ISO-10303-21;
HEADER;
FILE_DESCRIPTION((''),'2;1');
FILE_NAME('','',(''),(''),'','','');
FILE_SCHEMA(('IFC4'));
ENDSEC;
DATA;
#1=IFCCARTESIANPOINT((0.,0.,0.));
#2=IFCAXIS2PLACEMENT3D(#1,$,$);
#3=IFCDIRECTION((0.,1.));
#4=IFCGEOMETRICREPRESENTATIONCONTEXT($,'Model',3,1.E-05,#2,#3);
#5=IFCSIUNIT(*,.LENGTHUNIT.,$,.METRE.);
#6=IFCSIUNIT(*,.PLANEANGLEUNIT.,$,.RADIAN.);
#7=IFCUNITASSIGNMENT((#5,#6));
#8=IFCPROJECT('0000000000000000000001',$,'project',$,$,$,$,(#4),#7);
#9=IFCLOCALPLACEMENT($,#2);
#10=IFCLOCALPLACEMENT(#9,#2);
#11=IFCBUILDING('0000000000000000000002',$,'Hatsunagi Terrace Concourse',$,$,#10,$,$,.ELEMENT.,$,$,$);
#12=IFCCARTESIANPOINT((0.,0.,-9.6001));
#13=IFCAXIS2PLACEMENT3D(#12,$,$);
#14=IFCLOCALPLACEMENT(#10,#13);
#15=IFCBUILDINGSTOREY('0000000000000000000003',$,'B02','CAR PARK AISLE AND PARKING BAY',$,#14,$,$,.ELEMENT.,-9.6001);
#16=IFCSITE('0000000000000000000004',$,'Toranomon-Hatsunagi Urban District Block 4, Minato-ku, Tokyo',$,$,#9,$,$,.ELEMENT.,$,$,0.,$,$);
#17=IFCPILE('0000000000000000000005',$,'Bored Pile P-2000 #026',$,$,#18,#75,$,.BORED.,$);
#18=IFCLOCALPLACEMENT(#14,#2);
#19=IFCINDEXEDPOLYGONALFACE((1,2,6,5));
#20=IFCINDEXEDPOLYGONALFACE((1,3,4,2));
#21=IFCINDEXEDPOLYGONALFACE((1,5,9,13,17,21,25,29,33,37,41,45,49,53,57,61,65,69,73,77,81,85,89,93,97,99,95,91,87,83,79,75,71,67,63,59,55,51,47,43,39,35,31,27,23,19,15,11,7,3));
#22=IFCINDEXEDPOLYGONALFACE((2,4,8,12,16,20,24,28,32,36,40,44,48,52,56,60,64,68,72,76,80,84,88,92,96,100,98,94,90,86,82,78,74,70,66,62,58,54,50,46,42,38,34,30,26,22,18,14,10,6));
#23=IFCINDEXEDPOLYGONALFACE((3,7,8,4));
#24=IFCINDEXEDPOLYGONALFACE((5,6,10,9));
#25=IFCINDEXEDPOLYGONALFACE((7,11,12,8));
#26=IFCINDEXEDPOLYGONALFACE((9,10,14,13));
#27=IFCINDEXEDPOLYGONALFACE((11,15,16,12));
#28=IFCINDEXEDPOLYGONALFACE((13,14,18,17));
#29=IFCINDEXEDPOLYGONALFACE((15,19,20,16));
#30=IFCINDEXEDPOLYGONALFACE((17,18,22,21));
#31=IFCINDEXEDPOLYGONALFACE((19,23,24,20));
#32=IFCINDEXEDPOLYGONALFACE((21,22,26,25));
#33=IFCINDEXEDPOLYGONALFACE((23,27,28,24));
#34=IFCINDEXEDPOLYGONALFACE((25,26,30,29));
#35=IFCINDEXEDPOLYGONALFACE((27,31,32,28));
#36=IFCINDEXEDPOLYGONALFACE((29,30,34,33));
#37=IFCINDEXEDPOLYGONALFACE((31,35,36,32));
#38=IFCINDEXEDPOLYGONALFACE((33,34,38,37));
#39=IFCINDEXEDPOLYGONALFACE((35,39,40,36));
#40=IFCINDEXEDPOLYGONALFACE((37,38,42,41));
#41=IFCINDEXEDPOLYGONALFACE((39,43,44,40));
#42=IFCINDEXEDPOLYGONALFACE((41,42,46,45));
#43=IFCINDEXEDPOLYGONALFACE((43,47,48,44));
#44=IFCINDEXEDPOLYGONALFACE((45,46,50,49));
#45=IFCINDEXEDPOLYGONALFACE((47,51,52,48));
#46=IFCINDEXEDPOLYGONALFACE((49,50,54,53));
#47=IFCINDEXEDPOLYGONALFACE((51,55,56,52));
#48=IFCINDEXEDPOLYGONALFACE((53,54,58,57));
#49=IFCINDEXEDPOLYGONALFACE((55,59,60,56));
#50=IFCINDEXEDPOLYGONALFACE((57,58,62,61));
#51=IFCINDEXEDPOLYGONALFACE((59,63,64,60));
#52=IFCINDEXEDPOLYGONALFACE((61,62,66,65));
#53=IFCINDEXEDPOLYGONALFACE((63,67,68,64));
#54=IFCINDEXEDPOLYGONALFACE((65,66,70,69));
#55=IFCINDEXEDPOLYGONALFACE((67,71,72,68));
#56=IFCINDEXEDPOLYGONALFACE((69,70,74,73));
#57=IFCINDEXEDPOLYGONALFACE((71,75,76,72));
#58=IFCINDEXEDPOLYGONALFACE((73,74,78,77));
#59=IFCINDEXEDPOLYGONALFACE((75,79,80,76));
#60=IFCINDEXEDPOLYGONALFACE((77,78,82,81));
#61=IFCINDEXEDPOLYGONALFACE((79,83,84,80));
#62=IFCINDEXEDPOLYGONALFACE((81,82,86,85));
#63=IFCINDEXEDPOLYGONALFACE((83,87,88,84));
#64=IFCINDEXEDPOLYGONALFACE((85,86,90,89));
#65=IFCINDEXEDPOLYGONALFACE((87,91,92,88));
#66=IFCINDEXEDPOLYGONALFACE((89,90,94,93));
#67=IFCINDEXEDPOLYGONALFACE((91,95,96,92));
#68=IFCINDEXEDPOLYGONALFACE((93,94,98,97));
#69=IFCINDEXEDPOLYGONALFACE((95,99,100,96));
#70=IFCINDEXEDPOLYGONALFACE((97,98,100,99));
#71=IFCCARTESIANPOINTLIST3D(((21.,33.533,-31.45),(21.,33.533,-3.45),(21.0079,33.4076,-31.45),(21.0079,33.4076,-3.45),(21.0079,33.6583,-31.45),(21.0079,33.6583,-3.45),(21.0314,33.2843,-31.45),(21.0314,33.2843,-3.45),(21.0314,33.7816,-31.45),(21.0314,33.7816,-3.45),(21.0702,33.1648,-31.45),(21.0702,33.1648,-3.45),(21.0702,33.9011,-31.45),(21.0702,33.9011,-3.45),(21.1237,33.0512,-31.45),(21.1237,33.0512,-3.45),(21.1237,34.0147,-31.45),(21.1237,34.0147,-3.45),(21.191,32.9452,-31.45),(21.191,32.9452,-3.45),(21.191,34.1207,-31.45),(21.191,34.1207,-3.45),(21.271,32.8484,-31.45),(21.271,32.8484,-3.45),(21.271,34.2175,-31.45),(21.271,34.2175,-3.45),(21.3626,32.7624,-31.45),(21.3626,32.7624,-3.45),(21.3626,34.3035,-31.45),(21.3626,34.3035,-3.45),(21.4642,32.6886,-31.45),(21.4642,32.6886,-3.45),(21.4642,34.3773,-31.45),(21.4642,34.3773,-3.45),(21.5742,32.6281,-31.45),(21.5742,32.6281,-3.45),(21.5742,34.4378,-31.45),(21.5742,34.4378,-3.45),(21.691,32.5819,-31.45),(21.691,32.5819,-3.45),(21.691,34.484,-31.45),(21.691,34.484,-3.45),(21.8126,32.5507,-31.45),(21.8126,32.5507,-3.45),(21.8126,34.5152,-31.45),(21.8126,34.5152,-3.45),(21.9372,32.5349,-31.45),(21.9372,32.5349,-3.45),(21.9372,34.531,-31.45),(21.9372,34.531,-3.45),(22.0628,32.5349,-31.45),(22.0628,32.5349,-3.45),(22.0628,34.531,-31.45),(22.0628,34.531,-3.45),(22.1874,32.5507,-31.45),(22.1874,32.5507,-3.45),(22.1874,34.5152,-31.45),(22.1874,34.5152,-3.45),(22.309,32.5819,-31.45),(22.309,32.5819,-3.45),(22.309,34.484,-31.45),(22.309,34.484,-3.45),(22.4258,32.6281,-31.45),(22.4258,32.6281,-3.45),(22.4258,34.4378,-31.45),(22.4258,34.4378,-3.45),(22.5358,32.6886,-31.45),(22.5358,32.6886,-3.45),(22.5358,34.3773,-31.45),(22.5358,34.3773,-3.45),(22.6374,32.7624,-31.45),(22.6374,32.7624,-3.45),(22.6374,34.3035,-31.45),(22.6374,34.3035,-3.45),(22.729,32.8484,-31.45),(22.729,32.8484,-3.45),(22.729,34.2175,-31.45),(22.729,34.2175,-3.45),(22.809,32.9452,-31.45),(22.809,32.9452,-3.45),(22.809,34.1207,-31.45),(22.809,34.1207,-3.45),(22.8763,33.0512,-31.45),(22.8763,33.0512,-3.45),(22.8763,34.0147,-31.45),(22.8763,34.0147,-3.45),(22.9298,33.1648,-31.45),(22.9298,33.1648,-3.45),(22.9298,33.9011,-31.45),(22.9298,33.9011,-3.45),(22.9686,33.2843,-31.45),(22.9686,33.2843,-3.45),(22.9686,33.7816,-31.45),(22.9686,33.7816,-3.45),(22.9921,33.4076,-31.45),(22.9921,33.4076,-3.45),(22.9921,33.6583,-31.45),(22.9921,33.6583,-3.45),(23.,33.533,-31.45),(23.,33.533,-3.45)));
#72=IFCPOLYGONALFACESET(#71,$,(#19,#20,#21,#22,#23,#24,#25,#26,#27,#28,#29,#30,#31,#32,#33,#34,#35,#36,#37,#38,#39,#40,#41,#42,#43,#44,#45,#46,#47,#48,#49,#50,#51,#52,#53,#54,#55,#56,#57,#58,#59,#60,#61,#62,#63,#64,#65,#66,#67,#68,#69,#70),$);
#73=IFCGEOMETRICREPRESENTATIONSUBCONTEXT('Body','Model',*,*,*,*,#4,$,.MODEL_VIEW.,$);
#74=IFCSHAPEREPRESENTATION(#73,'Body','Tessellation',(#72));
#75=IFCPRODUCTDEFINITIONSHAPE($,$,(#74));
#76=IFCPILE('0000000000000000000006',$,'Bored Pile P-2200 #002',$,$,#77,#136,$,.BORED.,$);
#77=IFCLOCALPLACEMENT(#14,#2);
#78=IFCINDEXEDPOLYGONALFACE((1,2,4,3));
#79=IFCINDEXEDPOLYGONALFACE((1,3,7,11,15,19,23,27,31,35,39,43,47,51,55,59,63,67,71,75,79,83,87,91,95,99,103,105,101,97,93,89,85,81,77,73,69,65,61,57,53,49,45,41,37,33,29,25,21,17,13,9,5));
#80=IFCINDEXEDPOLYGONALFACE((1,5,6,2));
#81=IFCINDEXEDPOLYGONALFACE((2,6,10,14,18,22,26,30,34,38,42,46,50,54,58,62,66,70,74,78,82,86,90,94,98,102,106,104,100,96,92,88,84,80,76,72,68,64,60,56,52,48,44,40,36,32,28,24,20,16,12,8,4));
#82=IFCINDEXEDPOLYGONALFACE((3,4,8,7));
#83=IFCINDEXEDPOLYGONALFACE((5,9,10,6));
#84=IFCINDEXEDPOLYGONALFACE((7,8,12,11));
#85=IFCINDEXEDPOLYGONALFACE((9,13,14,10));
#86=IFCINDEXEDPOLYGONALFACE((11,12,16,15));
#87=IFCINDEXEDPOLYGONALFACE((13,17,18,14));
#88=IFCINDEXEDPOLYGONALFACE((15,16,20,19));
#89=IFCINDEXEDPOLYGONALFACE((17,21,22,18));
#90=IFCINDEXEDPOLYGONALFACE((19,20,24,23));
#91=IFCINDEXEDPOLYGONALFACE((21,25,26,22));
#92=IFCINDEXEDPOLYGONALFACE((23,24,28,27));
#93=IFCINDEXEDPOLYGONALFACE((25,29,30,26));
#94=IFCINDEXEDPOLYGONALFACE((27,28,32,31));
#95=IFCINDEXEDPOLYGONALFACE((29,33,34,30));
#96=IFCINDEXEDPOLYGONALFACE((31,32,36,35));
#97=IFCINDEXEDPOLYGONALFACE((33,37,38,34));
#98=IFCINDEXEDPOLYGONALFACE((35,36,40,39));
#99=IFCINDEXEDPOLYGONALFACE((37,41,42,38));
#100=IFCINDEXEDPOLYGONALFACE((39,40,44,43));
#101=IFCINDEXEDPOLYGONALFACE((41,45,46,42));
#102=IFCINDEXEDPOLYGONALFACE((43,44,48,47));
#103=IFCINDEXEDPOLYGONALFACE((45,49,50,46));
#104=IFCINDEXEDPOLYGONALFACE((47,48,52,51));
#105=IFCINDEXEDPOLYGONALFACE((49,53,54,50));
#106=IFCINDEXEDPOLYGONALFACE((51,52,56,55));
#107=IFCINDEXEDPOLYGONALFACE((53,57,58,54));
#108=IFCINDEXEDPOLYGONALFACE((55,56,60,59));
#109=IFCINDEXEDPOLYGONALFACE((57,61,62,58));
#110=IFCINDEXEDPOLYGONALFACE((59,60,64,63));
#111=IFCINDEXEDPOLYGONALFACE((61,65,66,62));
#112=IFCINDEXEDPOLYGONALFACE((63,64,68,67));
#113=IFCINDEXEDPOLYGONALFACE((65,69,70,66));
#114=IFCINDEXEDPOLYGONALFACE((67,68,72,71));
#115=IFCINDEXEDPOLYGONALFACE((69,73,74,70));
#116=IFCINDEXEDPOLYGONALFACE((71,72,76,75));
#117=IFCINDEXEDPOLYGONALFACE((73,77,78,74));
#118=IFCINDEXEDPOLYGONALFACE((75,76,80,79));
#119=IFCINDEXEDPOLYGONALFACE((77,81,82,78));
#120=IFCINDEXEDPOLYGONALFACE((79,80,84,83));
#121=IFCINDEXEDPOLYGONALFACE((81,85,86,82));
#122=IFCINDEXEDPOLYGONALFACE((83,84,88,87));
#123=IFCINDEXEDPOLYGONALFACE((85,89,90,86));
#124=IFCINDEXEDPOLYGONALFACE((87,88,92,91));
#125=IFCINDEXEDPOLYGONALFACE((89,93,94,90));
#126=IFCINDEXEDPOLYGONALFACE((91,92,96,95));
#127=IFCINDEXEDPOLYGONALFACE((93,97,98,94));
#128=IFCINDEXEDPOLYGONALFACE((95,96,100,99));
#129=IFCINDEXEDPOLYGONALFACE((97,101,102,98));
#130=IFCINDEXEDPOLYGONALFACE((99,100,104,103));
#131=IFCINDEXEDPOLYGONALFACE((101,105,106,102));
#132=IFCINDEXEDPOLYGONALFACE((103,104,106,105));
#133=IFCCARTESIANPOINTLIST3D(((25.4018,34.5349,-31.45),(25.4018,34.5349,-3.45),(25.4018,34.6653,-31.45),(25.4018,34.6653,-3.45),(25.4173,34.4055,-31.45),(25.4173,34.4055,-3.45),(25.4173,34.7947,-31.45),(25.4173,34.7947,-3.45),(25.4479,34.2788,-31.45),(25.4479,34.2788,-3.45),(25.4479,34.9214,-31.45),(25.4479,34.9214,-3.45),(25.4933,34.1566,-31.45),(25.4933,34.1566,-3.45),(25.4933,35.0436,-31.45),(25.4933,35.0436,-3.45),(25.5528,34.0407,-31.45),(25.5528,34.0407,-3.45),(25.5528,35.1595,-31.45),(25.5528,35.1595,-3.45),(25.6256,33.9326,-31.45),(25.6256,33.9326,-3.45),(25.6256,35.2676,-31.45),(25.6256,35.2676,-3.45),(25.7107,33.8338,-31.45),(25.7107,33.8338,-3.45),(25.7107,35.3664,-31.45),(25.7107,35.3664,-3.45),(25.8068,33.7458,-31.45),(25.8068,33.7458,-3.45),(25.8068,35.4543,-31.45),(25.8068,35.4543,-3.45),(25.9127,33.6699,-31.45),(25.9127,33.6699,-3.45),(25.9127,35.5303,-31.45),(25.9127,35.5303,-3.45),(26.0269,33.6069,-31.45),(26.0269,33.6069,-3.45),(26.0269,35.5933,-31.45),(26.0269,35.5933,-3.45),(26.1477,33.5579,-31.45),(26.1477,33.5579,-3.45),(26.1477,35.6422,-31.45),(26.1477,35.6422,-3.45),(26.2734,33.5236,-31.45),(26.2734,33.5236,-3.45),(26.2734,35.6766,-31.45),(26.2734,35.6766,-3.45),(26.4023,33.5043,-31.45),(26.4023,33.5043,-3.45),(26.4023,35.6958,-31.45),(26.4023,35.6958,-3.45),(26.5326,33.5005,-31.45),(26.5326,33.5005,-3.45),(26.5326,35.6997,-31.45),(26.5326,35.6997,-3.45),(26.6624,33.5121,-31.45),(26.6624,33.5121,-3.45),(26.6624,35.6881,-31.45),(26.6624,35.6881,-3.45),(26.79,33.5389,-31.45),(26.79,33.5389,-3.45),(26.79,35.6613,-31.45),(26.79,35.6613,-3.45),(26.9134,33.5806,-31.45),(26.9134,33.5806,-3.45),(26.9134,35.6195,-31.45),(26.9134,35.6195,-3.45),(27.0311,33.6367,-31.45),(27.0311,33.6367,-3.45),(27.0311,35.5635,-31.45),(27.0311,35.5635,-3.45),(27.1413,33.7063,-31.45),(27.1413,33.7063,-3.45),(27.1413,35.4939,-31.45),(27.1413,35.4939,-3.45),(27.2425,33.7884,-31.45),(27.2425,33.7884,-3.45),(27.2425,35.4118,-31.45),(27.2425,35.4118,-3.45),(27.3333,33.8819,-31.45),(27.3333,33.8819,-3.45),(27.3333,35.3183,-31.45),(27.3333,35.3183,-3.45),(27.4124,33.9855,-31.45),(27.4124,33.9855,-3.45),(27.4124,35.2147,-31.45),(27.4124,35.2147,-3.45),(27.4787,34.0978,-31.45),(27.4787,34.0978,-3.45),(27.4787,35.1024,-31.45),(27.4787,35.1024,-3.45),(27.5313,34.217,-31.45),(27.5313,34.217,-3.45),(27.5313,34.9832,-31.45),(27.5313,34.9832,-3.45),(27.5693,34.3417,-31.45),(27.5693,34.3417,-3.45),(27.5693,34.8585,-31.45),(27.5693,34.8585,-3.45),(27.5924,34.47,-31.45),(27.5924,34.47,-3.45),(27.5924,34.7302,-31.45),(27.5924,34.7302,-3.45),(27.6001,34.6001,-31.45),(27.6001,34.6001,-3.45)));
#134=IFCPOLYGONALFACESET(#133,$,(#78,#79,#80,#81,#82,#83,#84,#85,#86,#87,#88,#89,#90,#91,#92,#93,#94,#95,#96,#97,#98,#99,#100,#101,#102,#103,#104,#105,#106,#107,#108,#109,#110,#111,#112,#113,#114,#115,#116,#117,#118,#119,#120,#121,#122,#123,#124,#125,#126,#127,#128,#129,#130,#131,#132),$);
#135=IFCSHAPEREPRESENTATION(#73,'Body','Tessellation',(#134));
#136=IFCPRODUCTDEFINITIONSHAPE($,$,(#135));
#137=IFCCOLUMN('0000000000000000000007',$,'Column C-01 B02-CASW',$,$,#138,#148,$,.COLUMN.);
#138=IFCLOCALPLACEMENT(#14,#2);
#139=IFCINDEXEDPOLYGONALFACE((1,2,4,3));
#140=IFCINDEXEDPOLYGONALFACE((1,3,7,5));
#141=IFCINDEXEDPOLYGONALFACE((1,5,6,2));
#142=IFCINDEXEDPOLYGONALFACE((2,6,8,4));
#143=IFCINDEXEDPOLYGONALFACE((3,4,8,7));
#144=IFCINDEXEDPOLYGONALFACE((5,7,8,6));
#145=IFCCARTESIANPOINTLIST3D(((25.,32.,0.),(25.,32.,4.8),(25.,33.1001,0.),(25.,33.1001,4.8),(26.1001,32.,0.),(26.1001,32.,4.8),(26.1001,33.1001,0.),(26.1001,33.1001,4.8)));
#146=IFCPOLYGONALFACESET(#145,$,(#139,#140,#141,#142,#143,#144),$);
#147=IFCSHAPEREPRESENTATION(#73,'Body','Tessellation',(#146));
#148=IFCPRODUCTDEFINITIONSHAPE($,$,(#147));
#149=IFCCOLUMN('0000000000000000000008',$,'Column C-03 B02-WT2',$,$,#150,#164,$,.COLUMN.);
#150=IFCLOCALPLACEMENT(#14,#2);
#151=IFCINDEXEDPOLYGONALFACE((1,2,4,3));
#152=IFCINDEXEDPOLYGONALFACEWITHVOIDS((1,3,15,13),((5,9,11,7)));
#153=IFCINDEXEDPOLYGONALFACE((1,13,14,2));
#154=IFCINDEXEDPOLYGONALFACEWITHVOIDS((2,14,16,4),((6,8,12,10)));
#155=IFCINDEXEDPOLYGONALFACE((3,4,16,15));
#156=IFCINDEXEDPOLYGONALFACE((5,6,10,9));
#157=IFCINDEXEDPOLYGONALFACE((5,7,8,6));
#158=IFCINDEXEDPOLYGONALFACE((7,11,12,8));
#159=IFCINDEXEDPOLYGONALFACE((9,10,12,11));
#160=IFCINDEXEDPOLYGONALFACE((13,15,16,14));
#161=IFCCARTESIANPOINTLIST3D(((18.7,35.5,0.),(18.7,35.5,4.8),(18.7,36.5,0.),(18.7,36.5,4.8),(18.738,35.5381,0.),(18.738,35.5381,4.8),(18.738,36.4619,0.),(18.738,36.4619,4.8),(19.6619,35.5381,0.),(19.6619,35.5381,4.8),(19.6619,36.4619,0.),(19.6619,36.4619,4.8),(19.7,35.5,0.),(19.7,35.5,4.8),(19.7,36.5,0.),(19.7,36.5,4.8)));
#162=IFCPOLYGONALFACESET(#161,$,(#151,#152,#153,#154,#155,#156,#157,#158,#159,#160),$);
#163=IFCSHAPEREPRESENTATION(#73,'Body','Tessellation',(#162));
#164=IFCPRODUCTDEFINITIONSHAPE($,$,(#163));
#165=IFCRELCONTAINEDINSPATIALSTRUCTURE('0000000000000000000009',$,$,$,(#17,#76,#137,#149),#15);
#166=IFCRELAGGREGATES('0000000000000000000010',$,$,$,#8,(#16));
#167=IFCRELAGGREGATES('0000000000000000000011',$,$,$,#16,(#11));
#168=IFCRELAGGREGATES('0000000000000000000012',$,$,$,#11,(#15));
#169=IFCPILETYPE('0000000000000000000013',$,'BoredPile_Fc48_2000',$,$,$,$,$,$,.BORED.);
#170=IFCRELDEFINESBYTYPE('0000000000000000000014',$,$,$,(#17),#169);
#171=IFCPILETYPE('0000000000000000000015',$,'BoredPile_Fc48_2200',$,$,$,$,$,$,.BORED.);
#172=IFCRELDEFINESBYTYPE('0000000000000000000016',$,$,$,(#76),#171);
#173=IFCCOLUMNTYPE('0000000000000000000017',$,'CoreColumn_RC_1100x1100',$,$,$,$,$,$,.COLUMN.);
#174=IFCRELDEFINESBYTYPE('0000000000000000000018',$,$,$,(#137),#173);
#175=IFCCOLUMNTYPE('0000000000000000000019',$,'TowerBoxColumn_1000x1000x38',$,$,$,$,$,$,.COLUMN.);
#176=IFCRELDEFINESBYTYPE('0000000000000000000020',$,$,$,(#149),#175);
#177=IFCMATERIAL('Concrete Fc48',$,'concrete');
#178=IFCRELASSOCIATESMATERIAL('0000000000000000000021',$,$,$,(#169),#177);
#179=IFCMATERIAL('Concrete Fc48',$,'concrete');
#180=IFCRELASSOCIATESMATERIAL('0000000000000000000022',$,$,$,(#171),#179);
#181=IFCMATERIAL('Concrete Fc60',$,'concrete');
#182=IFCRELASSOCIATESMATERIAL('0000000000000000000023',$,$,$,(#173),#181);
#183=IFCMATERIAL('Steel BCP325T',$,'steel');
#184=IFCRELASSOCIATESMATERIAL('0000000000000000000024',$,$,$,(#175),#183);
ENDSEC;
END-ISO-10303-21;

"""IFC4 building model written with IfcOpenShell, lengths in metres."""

from ifc_helpers import new_model, si_unit, direction, frame, origin, origin_2d, place, context, subcontext, project, spatial, rectangle, hollow_rectangle, circle, extrude, material, material_profile, profile_set, type_object, element, save


model = new_model("IFC4")

# Units and contexts
model_context = context("Model", 3, precision=1e-05, world=origin(), true_north=direction((0.0, 1.0)))
body_context = subcontext(model_context, "Body", "Model", "MODEL_VIEW")
ifc_project = project(units=[si_unit("LENGTHUNIT", "METRE"), si_unit("PLANEANGLEUNIT", "RADIAN")], contexts=[model_context])

# Site, building, storey
site_placement = place(None, origin())
site = spatial("IfcSite", under=ifc_project, at=site_placement, Name="Toranomon-Hatsunagi Urban District Block 4, Minato-ku, Tokyo", CompositionType="ELEMENT", RefElevation=0.0)
building_placement = place(site_placement, origin())
building = spatial("IfcBuilding", under=site, at=building_placement, Name="Hatsunagi Terrace Concourse", CompositionType="ELEMENT")
storey_placement = place(building_placement, frame((0.0, 0.0, -9.6001)))
storey = spatial("IfcBuildingStorey", under=building, at=storey_placement, Name="B02", Description="CAR PARK AISLE AND PARKING BAY", CompositionType="ELEMENT", Elevation=-9.6001)

# Piles
ifc_material_1 = material(Name="Concrete Fc48", Category="concrete")
ifc_material_profile_1 = material_profile(ifc_material_1, circle(Radius=1.0, at=origin_2d()), Name="PILE-2000")
ifc_profile_set_1 = profile_set([ifc_material_profile_1], Name="Concrete Fc48")
pile_type_1 = type_object("IfcPileType", Name="BoredPile_Fc48_2000", PredefinedType="BORED", material=ifc_profile_set_1)
pile_1_placement = place(storey_placement, frame((22.0, 33.533, -3.45), z_axis=(0.0, 0.0, -1.0), x_axis=(1.0, 0.0, 0.0)))
element("IfcPile", 1, at=pile_1_placement, inside=storey, type_object=pile_type_1, Name="Bored Pile P-2000 #026", PredefinedType="BORED", context=body_context, shape_type="SweptSolid", body=[
    extrude(circle(Radius=1.0, at=origin_2d()), origin(), (0.0, 0.0, 1.0), 28.0),
])
ifc_material_2 = material(Name="Concrete Fc48", Category="concrete")
ifc_material_profile_2 = material_profile(ifc_material_2, circle(Radius=1.1001, at=origin_2d()), Name="PILE-2200")
ifc_profile_set_2 = profile_set([ifc_material_profile_2], Name="Concrete Fc48")
pile_type_2 = type_object("IfcPileType", Name="BoredPile_Fc48_2200", PredefinedType="BORED", material=ifc_profile_set_2)
pile_2_placement = place(storey_placement, frame((26.5, 34.6001, -3.45), z_axis=(0.0, 0.0, -1.0), x_axis=(1.0, 0.0, 0.0)))
element("IfcPile", 2, at=pile_2_placement, inside=storey, type_object=pile_type_2, Name="Bored Pile P-2200 #002", PredefinedType="BORED", context=body_context, shape_type="SweptSolid", body=[
    extrude(circle(Radius=1.1001, at=origin_2d()), origin(), (0.0, 0.0, 1.0), 28.0),
])

# Columns
ifc_material_3 = material(Name="Concrete Fc60", Category="concrete")
ifc_material_profile_3 = material_profile(ifc_material_3, rectangle(XDim=1.1001, YDim=1.1001, at=origin_2d()), Name="RC-1100x1100")
ifc_profile_set_3 = profile_set([ifc_material_profile_3], Name="Concrete Fc60")
column_type_1 = type_object("IfcColumnType", Name="CoreColumn_RC_1100x1100", PredefinedType="COLUMN", material=ifc_profile_set_3)
column_1_placement = place(storey_placement, frame((25.55, 32.55, 0.0), z_axis=(0.0, 0.0, 1.0), x_axis=(1.0, 0.0, 0.0)))
element("IfcColumn", 3, at=column_1_placement, inside=storey, type_object=column_type_1, Name="Column C-01 B02-CASW", PredefinedType="COLUMN", context=body_context, shape_type="SweptSolid", body=[
    extrude(rectangle(XDim=1.1001, YDim=1.1001, at=origin_2d()), origin(), (0.0, 0.0, 1.0), 4.8),
])
ifc_material_4 = material(Name="Steel BCP325T", Category="steel")
ifc_material_profile_4 = material_profile(ifc_material_4, hollow_rectangle(XDim=1.0, YDim=1.0, WallThickness=0.0381, at=origin_2d()), Name="BCP-1000x1000x38")
ifc_profile_set_4 = profile_set([ifc_material_profile_4], Name="Steel BCP325T")
column_type_2 = type_object("IfcColumnType", Name="TowerBoxColumn_1000x1000x38", PredefinedType="COLUMN", material=ifc_profile_set_4)
column_2_placement = place(storey_placement, frame((19.2, 36.0, 0.0), z_axis=(0.0, 0.0, 1.0), x_axis=(1.0, 0.0, 0.0)))
element("IfcColumn", 4, at=column_2_placement, inside=storey, type_object=column_type_2, Name="Column C-03 B02-WT2", PredefinedType="COLUMN", context=body_context, shape_type="SweptSolid", body=[
    extrude(hollow_rectangle(XDim=1.0, YDim=1.0, WallThickness=0.0381, at=origin_2d()), origin(), (0.0, 0.0, 1.0), 4.8),
])

save(model, "model.ifc")
